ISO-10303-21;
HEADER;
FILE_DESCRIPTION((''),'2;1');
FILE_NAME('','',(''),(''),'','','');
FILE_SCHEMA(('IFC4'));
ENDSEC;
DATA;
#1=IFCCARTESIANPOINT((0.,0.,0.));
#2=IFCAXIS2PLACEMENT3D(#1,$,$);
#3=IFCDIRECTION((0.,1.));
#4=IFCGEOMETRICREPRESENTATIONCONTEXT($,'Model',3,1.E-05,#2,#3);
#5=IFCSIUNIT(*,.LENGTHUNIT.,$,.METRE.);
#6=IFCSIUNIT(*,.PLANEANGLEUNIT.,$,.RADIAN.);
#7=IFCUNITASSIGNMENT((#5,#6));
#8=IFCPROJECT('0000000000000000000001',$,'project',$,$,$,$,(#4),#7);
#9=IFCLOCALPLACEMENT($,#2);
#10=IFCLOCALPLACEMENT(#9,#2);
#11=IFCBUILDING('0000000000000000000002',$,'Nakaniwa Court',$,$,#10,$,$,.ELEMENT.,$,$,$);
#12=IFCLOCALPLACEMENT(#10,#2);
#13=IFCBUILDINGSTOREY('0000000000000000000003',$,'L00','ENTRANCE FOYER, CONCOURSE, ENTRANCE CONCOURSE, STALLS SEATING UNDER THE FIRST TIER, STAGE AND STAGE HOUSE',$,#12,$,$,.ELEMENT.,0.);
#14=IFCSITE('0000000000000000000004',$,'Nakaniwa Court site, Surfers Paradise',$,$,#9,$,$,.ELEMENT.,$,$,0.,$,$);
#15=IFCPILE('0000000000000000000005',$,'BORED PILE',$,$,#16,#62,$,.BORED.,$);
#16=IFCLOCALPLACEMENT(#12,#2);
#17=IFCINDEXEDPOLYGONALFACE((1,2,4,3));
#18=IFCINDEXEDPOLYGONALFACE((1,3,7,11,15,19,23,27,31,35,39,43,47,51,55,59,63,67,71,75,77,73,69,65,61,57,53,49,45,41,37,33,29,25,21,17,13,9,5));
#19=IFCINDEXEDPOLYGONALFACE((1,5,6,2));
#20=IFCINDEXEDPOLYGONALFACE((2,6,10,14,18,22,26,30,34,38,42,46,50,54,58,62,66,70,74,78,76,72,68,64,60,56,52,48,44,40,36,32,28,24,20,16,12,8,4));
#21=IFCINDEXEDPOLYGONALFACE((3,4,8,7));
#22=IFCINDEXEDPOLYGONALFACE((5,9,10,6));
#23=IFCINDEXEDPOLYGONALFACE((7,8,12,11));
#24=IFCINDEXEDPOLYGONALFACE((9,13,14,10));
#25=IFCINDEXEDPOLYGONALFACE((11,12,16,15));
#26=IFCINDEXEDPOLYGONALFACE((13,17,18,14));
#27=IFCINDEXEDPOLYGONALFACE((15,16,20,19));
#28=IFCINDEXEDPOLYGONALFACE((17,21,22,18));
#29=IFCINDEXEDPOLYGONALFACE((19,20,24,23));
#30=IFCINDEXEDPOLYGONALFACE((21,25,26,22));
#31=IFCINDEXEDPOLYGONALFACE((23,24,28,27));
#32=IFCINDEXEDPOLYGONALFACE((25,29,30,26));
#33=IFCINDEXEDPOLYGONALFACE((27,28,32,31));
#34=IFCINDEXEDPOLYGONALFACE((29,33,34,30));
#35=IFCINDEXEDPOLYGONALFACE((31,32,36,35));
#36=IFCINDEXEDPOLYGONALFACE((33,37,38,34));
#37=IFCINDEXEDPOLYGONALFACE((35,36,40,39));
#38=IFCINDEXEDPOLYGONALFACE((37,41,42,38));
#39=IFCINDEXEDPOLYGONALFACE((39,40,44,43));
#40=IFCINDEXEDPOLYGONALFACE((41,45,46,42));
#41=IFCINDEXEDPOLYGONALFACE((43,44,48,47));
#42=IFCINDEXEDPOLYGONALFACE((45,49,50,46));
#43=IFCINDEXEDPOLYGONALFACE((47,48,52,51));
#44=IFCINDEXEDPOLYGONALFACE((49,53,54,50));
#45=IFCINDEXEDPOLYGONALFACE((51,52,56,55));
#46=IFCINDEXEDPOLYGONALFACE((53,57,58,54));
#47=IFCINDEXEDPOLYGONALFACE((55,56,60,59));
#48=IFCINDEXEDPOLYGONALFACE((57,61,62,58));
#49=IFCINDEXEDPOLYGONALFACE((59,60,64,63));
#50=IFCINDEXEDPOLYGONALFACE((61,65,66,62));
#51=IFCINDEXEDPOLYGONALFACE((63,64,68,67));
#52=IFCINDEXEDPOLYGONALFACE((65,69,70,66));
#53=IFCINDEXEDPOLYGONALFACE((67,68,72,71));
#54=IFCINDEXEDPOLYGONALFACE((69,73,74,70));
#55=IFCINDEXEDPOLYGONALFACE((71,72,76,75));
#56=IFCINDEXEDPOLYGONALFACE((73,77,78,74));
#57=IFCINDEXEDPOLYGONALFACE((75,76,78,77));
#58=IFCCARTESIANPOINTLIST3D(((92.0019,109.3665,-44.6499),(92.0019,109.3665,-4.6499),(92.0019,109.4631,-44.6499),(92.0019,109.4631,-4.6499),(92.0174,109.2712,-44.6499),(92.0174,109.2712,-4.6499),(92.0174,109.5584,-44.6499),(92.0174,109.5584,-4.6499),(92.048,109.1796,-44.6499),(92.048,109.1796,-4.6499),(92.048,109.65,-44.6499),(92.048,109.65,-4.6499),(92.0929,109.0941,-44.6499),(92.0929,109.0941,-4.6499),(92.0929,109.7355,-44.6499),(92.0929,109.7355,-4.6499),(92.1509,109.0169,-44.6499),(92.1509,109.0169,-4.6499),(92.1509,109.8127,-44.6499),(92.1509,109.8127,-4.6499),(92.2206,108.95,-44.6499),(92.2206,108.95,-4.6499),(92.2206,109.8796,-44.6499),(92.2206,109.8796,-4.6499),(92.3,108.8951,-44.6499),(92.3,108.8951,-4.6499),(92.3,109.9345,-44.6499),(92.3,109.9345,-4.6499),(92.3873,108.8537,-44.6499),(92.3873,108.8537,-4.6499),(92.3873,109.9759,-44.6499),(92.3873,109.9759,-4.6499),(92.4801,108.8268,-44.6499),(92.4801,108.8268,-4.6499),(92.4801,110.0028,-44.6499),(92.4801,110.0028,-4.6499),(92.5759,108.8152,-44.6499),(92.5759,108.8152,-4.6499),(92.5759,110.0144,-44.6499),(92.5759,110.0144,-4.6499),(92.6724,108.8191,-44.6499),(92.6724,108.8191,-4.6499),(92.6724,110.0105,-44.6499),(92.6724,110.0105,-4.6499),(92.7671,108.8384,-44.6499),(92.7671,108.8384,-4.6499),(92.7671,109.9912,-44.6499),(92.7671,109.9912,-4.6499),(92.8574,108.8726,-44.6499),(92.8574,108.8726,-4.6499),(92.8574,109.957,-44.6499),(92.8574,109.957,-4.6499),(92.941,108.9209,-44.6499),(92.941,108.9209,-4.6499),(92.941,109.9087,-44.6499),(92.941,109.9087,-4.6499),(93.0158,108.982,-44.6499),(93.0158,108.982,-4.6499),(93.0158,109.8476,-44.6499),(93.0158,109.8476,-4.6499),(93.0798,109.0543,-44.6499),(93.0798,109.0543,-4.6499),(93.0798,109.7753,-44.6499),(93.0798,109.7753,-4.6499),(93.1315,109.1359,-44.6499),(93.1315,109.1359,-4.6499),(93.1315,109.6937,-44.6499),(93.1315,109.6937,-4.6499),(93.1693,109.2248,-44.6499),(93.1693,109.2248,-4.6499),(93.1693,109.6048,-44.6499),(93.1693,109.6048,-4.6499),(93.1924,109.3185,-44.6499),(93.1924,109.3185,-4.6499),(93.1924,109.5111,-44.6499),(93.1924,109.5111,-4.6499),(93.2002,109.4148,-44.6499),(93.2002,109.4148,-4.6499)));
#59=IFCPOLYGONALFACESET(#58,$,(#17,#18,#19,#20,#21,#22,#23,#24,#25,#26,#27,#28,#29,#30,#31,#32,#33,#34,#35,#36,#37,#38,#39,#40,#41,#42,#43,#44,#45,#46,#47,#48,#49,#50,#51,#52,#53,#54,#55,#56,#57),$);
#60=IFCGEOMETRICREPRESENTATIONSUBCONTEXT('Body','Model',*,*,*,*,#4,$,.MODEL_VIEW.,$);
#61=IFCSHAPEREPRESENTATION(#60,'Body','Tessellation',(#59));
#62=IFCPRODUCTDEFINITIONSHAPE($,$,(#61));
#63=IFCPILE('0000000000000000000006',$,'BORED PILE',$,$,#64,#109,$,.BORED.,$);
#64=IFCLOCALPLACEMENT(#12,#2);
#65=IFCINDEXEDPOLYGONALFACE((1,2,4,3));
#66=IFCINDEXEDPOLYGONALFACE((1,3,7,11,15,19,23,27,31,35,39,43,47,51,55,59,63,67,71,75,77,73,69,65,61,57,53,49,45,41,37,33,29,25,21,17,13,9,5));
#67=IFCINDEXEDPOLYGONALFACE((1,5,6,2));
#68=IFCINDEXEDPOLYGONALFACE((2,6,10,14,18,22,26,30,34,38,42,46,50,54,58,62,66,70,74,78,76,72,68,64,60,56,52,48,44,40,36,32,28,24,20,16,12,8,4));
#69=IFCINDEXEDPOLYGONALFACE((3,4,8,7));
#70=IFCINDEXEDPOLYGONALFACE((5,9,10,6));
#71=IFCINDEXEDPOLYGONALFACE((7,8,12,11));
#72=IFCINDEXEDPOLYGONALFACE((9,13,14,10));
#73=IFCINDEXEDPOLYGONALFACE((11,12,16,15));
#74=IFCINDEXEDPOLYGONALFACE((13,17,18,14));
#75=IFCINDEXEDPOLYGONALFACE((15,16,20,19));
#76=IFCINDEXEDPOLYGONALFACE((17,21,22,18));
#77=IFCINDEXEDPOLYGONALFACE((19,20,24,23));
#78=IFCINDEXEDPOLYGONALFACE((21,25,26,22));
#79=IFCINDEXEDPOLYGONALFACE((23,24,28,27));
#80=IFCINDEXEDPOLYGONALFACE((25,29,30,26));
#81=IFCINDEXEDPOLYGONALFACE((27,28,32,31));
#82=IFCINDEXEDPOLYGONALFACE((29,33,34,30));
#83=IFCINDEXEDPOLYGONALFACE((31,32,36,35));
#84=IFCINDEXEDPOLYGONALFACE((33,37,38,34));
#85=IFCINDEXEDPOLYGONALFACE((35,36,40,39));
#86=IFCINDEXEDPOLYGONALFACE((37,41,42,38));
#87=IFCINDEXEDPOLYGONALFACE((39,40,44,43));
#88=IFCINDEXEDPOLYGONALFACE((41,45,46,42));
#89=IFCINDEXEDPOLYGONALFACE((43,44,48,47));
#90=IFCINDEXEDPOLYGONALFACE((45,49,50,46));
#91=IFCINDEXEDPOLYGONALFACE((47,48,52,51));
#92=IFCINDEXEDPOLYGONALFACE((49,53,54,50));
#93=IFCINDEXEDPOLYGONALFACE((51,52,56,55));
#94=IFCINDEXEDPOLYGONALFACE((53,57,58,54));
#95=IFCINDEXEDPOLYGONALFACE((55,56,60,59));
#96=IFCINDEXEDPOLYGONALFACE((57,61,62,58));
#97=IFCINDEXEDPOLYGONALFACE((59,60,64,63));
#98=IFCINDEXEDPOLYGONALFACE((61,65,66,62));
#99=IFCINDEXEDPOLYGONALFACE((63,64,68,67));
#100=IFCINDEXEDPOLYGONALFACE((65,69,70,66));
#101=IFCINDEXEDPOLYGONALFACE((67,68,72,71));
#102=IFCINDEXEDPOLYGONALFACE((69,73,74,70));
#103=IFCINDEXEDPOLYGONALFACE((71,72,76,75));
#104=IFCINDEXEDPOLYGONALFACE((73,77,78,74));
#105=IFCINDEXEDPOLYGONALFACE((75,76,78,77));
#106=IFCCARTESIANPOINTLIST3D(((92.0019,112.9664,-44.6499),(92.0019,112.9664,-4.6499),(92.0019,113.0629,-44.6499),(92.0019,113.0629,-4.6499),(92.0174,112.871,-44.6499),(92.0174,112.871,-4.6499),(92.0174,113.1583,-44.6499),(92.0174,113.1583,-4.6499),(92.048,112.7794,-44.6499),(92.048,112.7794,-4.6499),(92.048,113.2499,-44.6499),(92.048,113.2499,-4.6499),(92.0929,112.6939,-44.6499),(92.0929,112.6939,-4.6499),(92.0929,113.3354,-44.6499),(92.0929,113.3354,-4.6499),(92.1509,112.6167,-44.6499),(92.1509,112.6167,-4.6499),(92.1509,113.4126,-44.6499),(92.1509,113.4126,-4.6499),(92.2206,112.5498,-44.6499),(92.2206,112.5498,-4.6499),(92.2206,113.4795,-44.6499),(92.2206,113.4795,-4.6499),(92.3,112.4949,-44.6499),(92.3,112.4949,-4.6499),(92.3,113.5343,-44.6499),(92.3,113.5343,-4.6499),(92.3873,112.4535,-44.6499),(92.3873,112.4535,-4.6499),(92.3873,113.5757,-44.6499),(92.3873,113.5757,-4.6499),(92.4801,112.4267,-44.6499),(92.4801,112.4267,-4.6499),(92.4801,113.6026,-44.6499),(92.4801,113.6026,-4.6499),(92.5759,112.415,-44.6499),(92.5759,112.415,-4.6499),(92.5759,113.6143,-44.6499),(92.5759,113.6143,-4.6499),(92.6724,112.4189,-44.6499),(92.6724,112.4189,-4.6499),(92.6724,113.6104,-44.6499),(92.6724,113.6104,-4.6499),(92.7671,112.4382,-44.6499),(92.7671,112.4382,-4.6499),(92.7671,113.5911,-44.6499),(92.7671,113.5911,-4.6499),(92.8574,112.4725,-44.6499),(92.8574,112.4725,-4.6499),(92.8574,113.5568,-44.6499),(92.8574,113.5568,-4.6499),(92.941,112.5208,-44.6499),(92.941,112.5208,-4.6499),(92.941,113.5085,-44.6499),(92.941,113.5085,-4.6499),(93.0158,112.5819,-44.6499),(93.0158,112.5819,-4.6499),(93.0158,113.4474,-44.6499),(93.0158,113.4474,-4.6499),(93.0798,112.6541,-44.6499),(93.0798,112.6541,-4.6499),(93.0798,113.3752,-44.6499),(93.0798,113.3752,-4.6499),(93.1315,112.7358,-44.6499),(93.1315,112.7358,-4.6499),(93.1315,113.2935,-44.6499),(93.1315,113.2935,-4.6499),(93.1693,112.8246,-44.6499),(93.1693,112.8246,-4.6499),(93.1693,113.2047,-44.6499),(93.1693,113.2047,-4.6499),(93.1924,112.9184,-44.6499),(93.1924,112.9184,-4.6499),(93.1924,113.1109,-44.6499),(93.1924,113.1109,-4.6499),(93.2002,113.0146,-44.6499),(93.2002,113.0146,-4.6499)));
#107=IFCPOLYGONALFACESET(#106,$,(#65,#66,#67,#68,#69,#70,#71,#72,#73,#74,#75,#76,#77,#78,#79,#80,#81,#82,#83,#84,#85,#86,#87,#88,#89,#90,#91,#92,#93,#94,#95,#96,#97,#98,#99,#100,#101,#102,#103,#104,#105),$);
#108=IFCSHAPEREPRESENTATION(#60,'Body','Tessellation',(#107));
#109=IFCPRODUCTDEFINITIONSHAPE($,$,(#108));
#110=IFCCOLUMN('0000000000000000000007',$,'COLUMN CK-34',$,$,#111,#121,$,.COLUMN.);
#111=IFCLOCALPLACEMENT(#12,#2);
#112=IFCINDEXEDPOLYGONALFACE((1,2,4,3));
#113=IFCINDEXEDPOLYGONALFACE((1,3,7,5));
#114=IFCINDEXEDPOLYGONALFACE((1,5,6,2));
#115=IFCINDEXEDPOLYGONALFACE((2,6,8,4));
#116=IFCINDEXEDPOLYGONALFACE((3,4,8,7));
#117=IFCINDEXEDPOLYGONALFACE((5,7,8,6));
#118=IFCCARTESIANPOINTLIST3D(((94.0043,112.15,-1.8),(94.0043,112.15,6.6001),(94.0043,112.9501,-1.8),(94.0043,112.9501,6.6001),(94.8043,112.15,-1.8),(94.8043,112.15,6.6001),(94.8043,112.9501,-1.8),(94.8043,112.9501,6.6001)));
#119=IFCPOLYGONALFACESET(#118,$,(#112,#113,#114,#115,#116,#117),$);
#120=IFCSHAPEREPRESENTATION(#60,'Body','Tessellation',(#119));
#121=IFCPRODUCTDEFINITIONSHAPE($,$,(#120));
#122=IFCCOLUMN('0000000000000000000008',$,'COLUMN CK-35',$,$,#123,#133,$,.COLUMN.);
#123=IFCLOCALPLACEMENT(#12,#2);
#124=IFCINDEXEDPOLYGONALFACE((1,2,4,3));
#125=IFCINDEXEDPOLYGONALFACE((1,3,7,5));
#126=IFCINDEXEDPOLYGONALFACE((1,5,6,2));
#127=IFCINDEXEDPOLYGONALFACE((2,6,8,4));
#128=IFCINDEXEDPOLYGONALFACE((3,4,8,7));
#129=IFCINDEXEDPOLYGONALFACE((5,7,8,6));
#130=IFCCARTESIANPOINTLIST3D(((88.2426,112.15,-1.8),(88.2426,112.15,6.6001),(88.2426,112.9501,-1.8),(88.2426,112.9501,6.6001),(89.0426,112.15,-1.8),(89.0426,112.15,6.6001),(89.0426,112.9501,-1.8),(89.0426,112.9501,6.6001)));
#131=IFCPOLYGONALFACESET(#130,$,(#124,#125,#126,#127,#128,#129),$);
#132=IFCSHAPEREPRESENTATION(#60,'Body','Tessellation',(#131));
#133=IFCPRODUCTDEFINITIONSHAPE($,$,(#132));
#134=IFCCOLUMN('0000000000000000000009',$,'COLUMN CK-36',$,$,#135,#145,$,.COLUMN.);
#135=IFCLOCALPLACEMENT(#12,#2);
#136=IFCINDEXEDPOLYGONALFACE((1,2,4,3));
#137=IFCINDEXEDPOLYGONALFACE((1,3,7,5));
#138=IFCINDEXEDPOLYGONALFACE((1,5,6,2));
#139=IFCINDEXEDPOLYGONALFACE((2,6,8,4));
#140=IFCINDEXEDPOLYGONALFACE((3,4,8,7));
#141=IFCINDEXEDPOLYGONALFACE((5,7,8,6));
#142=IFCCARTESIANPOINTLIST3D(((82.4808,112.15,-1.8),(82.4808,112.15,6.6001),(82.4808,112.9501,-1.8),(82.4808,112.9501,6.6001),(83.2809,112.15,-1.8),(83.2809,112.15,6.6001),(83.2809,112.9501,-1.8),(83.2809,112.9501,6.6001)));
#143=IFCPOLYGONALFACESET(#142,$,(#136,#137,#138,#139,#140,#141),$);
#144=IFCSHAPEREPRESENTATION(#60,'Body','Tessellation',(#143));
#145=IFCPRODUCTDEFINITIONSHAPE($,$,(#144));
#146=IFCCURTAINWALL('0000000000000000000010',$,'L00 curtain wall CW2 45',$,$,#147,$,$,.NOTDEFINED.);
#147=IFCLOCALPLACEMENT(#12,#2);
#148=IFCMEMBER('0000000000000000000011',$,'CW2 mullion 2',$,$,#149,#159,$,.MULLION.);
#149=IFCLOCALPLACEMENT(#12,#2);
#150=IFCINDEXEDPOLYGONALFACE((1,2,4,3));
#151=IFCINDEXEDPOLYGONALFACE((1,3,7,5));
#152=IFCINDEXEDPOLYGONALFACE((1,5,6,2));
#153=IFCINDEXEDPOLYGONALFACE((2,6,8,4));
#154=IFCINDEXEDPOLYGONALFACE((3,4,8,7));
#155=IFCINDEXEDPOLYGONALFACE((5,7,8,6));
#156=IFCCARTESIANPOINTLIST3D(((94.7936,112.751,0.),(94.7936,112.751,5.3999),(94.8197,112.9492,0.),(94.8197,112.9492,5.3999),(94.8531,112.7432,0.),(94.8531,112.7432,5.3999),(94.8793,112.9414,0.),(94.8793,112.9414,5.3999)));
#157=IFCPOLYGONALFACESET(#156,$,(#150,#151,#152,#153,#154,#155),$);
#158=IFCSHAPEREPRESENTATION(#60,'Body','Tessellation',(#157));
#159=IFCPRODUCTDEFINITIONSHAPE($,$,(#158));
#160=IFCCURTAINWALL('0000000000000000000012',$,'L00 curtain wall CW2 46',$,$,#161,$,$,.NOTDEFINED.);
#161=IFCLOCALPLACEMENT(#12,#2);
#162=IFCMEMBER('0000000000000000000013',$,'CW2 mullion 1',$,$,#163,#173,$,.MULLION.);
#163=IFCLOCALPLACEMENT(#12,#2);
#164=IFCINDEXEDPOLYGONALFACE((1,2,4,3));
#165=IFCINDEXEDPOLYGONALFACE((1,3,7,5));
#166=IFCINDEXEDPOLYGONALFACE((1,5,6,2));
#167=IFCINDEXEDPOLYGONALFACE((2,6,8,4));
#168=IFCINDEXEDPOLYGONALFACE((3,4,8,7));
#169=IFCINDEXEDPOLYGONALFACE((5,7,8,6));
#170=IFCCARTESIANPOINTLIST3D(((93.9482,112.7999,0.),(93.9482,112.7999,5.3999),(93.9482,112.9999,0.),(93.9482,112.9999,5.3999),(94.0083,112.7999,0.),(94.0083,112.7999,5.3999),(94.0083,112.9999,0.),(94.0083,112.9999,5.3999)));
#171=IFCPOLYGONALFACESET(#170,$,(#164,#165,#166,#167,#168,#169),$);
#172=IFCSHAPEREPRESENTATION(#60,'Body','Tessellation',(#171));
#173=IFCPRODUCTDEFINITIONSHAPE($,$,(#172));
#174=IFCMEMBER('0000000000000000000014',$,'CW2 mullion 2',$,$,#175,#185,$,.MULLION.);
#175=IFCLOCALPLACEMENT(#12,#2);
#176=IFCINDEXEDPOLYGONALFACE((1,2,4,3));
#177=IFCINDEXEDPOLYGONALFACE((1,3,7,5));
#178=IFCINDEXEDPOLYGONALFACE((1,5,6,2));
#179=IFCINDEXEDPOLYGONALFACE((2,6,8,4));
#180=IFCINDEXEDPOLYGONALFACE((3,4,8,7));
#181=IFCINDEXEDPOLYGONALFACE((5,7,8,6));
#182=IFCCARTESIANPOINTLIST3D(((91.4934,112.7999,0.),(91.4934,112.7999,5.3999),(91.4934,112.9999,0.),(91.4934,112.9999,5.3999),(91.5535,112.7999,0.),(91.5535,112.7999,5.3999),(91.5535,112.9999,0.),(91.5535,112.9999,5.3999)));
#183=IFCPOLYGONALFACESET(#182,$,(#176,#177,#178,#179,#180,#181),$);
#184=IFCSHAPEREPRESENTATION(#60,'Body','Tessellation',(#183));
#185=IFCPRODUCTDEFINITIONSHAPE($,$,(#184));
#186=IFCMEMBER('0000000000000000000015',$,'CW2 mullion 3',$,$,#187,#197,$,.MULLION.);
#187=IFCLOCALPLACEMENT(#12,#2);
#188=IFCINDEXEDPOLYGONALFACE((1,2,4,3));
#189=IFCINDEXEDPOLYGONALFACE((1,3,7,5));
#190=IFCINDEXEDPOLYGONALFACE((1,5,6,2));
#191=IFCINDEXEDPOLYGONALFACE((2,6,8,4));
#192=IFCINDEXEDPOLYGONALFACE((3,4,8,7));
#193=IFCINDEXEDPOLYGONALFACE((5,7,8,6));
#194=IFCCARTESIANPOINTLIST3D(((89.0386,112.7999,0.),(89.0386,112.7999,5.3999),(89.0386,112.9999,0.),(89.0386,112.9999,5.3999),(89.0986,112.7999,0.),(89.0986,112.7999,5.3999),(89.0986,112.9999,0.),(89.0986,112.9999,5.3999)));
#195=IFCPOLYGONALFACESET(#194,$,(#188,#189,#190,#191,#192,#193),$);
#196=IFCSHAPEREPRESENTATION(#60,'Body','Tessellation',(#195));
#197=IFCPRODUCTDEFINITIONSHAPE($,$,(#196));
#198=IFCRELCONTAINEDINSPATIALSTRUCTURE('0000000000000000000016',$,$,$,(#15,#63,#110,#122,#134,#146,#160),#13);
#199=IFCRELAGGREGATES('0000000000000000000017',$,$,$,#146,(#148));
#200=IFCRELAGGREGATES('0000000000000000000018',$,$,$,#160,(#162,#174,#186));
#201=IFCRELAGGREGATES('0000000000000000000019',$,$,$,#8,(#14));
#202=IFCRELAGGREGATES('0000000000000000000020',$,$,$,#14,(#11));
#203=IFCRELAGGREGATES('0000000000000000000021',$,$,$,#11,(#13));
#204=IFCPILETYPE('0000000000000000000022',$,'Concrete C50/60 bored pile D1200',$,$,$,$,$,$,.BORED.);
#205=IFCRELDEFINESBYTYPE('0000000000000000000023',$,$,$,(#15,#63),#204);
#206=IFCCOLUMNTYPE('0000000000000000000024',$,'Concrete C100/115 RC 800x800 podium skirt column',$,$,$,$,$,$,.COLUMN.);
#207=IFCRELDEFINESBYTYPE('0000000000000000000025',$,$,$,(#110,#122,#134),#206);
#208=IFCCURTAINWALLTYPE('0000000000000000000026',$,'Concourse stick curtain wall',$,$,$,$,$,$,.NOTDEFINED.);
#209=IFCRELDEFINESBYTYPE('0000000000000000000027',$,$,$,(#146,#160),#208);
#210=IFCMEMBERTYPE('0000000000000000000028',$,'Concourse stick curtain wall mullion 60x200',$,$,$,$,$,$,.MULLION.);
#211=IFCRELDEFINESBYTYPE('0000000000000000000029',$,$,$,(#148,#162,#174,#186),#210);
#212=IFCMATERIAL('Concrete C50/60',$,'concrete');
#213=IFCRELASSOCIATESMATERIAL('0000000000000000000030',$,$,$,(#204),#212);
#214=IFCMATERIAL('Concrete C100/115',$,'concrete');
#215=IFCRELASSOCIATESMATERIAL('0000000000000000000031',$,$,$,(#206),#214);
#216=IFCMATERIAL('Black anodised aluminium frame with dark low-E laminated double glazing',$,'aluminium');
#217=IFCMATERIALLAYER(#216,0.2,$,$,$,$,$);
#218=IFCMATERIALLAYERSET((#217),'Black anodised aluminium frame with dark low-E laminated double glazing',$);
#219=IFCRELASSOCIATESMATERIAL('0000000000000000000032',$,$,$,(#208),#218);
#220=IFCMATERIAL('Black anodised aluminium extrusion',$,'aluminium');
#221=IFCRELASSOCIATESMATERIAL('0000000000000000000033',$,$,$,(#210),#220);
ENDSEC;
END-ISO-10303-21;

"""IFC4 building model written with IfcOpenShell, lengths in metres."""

from ifc_helpers import new_model, si_unit, direction, frame, origin, origin_2d, place, context, subcontext, project, spatial, rectangle, circle, extrude, material, layer, layer_set, material_profile, profile_set, type_object, element, aggregate, save


model = new_model("IFC4")

# Units and contexts
model_context = context("Model", 3, precision=1e-05, world=origin(), true_north=direction((0.0, 1.0)))
body_context = subcontext(model_context, "Body", "Model", "MODEL_VIEW")
ifc_project = project(units=[si_unit("LENGTHUNIT", "METRE"), si_unit("PLANEANGLEUNIT", "RADIAN")], contexts=[model_context])

# Site, building, storey
site_placement = place(None, origin())
site = spatial("IfcSite", under=ifc_project, at=site_placement, Name="Nakaniwa Court site, Surfers Paradise", CompositionType="ELEMENT", RefElevation=0.0)
building_placement = place(site_placement, origin())
building = spatial("IfcBuilding", under=site, at=building_placement, Name="Nakaniwa Court", CompositionType="ELEMENT")
storey_placement = place(building_placement, origin())
storey = spatial("IfcBuildingStorey", under=building, at=storey_placement, Name="L00", Description="ENTRANCE FOYER, CONCOURSE, ENTRANCE CONCOURSE, STALLS SEATING UNDER THE FIRST TIER, STAGE AND STAGE HOUSE", CompositionType="ELEMENT", Elevation=0.0)

# Piles
ifc_material_1 = material(Name="Concrete C50/60", Category="concrete")
ifc_material_profile_1 = material_profile(ifc_material_1, circle(Radius=0.6001, at=origin_2d()), Name="Concrete C50/60 bored pile D1200")
ifc_profile_set_1 = profile_set([ifc_material_profile_1], Name="Concrete C50/60")
pile_type = type_object("IfcPileType", Name="Concrete C50/60 bored pile D1200", PredefinedType="BORED", material=ifc_profile_set_1)
for number, where, z_axis, x_axis, name in (
    (1, (92.6001, 109.4148, -4.6499), (0.0, 0.0, -1.0), (1.0, 0.0, 0.0), "BORED PILE"),
    (2, (92.6001, 113.0146, -4.6499), (0.0, 0.0, -1.0), (1.0, 0.0, 0.0), "BORED PILE"),
):
    element("IfcPile", number, at=place(storey_placement, frame(where, z_axis=z_axis, x_axis=x_axis)), inside=storey, type_object=pile_type, Name=name, PredefinedType="BORED", context=body_context, shape_type="SweptSolid", body=[
        extrude(circle(Radius=0.6001, at=origin_2d()), origin(), (0.0, 0.0, 1.0), 40.0),
    ])

# Columns
ifc_material_2 = material(Name="Concrete C100/115", Category="concrete")
ifc_material_profile_2 = material_profile(ifc_material_2, rectangle(XDim=0.8, YDim=0.8, at=origin_2d()), Name="Concrete C100/115 RC 800x800 podium skirt column")
ifc_profile_set_2 = profile_set([ifc_material_profile_2], Name="Concrete C100/115")
column_type = type_object("IfcColumnType", Name="Concrete C100/115 RC 800x800 podium skirt column", PredefinedType="COLUMN", material=ifc_profile_set_2)
for number, where, z_axis, x_axis, name in (
    (3, (94.4043, 112.55, -1.8), (0.0, 0.0, 1.0), (-1.0, 0.0, 0.0), "COLUMN CK-34"),
    (4, (88.6426, 112.55, -1.8), (0.0, 0.0, 1.0), (-1.0, 0.0, 0.0), "COLUMN CK-35"),
    (5, (82.8809, 112.55, -1.8), (0.0, 0.0, 1.0), (-1.0, 0.0, 0.0), "COLUMN CK-36"),
):
    element("IfcColumn", number, at=place(storey_placement, frame(where, z_axis=z_axis, x_axis=x_axis)), inside=storey, type_object=column_type, Name=name, PredefinedType="COLUMN", context=body_context, shape_type="SweptSolid", body=[
        extrude(rectangle(XDim=0.8, YDim=0.8, at=origin_2d()), origin(), (0.0, 0.0, 1.0), 8.4001),
    ])

# Curtain wall, member
ifc_material_3 = material(Name="Black anodised aluminium frame with dark low-E laminated double glazing", Category="aluminium")
ifc_layer_1 = layer(ifc_material_3, 0.2)
ifc_layer_set_1 = layer_set([ifc_layer_1], Name="Black anodised aluminium frame with dark low-E laminated double glazing")
curtain_wall_type = type_object("IfcCurtainWallType", Name="Concourse stick curtain wall", PredefinedType="NOTDEFINED", material=ifc_layer_set_1)
curtain_wall_1_placement = place(storey_placement, origin())
curtain_wall_1 = element("IfcCurtainWall", 6, at=curtain_wall_1_placement, inside=storey, type_object=curtain_wall_type, Name="L00 curtain wall CW2 45", PredefinedType="NOTDEFINED")
ifc_material_4 = material(Name="Black anodised aluminium extrusion", Category="aluminium")
ifc_material_profile_3 = material_profile(ifc_material_4, rectangle(XDim=0.2, YDim=0.0601, at=origin_2d()), Name="Concourse stick curtain wall mullion 60x200")
ifc_profile_set_3 = profile_set([ifc_material_profile_3], Name="Black anodised aluminium extrusion")
member_type_1 = type_object("IfcMemberType", Name="Concourse stick curtain wall mullion 60x200", PredefinedType="MULLION", material=ifc_profile_set_3)
member_1_placement = place(storey_placement, frame((94.8364, 112.8462, 0.0), z_axis=(0.0, 0.0, 1.0), x_axis=(-0.130552, -0.991441, 0.0)))
member_1 = element("IfcMember", 7, at=member_1_placement, type_object=member_type_1, Name="CW2 mullion 2", PredefinedType="MULLION", context=body_context, shape_type="SweptSolid", body=[
    extrude(rectangle(XDim=0.2, YDim=0.0601, at=origin_2d()), origin(), (0.0, 0.0, 1.0), 5.3999),
])

# Curtain wall, members
curtain_wall_2_placement = place(storey_placement, origin())
curtain_wall_2 = element("IfcCurtainWall", 8, at=curtain_wall_2_placement, inside=storey, type_object=curtain_wall_type, Name="L00 curtain wall CW2 46", PredefinedType="NOTDEFINED")
member_2_placement = place(storey_placement, frame((93.9783, 112.8999, 0.0), z_axis=(0.0, 0.0, 1.0), x_axis=(0.0, -1.0, 0.0)))
member_2 = element("IfcMember", 9, at=member_2_placement, type_object=member_type_1, Name="CW2 mullion 1", PredefinedType="MULLION", context=body_context, shape_type="SweptSolid", body=[
    extrude(rectangle(XDim=0.2, YDim=0.0601, at=origin_2d()), origin(), (0.0, 0.0, 1.0), 5.3999),
])
member_3_placement = place(storey_placement, frame((91.5234, 112.8999, 0.0), z_axis=(0.0, 0.0, 1.0), x_axis=(0.0, -1.0, 0.0)))
member_3 = element("IfcMember", 10, at=member_3_placement, type_object=member_type_1, Name="CW2 mullion 2", PredefinedType="MULLION", context=body_context, shape_type="SweptSolid", body=[
    extrude(rectangle(XDim=0.2, YDim=0.0601, at=origin_2d()), origin(), (0.0, 0.0, 1.0), 5.3999),
])
member_4_placement = place(storey_placement, frame((89.0686, 112.8999, 0.0), z_axis=(0.0, 0.0, 1.0), x_axis=(0.0, -1.0, 0.0)))
member_4 = element("IfcMember", 11, at=member_4_placement, type_object=member_type_1, Name="CW2 mullion 3", PredefinedType="MULLION", context=body_context, shape_type="SweptSolid", body=[
    extrude(rectangle(XDim=0.2, YDim=0.0601, at=origin_2d()), origin(), (0.0, 0.0, 1.0), 5.3999),
])

aggregate(curtain_wall_1, [member_1])
aggregate(curtain_wall_2, [member_2, member_3, member_4])

save(model, "model.ifc")
